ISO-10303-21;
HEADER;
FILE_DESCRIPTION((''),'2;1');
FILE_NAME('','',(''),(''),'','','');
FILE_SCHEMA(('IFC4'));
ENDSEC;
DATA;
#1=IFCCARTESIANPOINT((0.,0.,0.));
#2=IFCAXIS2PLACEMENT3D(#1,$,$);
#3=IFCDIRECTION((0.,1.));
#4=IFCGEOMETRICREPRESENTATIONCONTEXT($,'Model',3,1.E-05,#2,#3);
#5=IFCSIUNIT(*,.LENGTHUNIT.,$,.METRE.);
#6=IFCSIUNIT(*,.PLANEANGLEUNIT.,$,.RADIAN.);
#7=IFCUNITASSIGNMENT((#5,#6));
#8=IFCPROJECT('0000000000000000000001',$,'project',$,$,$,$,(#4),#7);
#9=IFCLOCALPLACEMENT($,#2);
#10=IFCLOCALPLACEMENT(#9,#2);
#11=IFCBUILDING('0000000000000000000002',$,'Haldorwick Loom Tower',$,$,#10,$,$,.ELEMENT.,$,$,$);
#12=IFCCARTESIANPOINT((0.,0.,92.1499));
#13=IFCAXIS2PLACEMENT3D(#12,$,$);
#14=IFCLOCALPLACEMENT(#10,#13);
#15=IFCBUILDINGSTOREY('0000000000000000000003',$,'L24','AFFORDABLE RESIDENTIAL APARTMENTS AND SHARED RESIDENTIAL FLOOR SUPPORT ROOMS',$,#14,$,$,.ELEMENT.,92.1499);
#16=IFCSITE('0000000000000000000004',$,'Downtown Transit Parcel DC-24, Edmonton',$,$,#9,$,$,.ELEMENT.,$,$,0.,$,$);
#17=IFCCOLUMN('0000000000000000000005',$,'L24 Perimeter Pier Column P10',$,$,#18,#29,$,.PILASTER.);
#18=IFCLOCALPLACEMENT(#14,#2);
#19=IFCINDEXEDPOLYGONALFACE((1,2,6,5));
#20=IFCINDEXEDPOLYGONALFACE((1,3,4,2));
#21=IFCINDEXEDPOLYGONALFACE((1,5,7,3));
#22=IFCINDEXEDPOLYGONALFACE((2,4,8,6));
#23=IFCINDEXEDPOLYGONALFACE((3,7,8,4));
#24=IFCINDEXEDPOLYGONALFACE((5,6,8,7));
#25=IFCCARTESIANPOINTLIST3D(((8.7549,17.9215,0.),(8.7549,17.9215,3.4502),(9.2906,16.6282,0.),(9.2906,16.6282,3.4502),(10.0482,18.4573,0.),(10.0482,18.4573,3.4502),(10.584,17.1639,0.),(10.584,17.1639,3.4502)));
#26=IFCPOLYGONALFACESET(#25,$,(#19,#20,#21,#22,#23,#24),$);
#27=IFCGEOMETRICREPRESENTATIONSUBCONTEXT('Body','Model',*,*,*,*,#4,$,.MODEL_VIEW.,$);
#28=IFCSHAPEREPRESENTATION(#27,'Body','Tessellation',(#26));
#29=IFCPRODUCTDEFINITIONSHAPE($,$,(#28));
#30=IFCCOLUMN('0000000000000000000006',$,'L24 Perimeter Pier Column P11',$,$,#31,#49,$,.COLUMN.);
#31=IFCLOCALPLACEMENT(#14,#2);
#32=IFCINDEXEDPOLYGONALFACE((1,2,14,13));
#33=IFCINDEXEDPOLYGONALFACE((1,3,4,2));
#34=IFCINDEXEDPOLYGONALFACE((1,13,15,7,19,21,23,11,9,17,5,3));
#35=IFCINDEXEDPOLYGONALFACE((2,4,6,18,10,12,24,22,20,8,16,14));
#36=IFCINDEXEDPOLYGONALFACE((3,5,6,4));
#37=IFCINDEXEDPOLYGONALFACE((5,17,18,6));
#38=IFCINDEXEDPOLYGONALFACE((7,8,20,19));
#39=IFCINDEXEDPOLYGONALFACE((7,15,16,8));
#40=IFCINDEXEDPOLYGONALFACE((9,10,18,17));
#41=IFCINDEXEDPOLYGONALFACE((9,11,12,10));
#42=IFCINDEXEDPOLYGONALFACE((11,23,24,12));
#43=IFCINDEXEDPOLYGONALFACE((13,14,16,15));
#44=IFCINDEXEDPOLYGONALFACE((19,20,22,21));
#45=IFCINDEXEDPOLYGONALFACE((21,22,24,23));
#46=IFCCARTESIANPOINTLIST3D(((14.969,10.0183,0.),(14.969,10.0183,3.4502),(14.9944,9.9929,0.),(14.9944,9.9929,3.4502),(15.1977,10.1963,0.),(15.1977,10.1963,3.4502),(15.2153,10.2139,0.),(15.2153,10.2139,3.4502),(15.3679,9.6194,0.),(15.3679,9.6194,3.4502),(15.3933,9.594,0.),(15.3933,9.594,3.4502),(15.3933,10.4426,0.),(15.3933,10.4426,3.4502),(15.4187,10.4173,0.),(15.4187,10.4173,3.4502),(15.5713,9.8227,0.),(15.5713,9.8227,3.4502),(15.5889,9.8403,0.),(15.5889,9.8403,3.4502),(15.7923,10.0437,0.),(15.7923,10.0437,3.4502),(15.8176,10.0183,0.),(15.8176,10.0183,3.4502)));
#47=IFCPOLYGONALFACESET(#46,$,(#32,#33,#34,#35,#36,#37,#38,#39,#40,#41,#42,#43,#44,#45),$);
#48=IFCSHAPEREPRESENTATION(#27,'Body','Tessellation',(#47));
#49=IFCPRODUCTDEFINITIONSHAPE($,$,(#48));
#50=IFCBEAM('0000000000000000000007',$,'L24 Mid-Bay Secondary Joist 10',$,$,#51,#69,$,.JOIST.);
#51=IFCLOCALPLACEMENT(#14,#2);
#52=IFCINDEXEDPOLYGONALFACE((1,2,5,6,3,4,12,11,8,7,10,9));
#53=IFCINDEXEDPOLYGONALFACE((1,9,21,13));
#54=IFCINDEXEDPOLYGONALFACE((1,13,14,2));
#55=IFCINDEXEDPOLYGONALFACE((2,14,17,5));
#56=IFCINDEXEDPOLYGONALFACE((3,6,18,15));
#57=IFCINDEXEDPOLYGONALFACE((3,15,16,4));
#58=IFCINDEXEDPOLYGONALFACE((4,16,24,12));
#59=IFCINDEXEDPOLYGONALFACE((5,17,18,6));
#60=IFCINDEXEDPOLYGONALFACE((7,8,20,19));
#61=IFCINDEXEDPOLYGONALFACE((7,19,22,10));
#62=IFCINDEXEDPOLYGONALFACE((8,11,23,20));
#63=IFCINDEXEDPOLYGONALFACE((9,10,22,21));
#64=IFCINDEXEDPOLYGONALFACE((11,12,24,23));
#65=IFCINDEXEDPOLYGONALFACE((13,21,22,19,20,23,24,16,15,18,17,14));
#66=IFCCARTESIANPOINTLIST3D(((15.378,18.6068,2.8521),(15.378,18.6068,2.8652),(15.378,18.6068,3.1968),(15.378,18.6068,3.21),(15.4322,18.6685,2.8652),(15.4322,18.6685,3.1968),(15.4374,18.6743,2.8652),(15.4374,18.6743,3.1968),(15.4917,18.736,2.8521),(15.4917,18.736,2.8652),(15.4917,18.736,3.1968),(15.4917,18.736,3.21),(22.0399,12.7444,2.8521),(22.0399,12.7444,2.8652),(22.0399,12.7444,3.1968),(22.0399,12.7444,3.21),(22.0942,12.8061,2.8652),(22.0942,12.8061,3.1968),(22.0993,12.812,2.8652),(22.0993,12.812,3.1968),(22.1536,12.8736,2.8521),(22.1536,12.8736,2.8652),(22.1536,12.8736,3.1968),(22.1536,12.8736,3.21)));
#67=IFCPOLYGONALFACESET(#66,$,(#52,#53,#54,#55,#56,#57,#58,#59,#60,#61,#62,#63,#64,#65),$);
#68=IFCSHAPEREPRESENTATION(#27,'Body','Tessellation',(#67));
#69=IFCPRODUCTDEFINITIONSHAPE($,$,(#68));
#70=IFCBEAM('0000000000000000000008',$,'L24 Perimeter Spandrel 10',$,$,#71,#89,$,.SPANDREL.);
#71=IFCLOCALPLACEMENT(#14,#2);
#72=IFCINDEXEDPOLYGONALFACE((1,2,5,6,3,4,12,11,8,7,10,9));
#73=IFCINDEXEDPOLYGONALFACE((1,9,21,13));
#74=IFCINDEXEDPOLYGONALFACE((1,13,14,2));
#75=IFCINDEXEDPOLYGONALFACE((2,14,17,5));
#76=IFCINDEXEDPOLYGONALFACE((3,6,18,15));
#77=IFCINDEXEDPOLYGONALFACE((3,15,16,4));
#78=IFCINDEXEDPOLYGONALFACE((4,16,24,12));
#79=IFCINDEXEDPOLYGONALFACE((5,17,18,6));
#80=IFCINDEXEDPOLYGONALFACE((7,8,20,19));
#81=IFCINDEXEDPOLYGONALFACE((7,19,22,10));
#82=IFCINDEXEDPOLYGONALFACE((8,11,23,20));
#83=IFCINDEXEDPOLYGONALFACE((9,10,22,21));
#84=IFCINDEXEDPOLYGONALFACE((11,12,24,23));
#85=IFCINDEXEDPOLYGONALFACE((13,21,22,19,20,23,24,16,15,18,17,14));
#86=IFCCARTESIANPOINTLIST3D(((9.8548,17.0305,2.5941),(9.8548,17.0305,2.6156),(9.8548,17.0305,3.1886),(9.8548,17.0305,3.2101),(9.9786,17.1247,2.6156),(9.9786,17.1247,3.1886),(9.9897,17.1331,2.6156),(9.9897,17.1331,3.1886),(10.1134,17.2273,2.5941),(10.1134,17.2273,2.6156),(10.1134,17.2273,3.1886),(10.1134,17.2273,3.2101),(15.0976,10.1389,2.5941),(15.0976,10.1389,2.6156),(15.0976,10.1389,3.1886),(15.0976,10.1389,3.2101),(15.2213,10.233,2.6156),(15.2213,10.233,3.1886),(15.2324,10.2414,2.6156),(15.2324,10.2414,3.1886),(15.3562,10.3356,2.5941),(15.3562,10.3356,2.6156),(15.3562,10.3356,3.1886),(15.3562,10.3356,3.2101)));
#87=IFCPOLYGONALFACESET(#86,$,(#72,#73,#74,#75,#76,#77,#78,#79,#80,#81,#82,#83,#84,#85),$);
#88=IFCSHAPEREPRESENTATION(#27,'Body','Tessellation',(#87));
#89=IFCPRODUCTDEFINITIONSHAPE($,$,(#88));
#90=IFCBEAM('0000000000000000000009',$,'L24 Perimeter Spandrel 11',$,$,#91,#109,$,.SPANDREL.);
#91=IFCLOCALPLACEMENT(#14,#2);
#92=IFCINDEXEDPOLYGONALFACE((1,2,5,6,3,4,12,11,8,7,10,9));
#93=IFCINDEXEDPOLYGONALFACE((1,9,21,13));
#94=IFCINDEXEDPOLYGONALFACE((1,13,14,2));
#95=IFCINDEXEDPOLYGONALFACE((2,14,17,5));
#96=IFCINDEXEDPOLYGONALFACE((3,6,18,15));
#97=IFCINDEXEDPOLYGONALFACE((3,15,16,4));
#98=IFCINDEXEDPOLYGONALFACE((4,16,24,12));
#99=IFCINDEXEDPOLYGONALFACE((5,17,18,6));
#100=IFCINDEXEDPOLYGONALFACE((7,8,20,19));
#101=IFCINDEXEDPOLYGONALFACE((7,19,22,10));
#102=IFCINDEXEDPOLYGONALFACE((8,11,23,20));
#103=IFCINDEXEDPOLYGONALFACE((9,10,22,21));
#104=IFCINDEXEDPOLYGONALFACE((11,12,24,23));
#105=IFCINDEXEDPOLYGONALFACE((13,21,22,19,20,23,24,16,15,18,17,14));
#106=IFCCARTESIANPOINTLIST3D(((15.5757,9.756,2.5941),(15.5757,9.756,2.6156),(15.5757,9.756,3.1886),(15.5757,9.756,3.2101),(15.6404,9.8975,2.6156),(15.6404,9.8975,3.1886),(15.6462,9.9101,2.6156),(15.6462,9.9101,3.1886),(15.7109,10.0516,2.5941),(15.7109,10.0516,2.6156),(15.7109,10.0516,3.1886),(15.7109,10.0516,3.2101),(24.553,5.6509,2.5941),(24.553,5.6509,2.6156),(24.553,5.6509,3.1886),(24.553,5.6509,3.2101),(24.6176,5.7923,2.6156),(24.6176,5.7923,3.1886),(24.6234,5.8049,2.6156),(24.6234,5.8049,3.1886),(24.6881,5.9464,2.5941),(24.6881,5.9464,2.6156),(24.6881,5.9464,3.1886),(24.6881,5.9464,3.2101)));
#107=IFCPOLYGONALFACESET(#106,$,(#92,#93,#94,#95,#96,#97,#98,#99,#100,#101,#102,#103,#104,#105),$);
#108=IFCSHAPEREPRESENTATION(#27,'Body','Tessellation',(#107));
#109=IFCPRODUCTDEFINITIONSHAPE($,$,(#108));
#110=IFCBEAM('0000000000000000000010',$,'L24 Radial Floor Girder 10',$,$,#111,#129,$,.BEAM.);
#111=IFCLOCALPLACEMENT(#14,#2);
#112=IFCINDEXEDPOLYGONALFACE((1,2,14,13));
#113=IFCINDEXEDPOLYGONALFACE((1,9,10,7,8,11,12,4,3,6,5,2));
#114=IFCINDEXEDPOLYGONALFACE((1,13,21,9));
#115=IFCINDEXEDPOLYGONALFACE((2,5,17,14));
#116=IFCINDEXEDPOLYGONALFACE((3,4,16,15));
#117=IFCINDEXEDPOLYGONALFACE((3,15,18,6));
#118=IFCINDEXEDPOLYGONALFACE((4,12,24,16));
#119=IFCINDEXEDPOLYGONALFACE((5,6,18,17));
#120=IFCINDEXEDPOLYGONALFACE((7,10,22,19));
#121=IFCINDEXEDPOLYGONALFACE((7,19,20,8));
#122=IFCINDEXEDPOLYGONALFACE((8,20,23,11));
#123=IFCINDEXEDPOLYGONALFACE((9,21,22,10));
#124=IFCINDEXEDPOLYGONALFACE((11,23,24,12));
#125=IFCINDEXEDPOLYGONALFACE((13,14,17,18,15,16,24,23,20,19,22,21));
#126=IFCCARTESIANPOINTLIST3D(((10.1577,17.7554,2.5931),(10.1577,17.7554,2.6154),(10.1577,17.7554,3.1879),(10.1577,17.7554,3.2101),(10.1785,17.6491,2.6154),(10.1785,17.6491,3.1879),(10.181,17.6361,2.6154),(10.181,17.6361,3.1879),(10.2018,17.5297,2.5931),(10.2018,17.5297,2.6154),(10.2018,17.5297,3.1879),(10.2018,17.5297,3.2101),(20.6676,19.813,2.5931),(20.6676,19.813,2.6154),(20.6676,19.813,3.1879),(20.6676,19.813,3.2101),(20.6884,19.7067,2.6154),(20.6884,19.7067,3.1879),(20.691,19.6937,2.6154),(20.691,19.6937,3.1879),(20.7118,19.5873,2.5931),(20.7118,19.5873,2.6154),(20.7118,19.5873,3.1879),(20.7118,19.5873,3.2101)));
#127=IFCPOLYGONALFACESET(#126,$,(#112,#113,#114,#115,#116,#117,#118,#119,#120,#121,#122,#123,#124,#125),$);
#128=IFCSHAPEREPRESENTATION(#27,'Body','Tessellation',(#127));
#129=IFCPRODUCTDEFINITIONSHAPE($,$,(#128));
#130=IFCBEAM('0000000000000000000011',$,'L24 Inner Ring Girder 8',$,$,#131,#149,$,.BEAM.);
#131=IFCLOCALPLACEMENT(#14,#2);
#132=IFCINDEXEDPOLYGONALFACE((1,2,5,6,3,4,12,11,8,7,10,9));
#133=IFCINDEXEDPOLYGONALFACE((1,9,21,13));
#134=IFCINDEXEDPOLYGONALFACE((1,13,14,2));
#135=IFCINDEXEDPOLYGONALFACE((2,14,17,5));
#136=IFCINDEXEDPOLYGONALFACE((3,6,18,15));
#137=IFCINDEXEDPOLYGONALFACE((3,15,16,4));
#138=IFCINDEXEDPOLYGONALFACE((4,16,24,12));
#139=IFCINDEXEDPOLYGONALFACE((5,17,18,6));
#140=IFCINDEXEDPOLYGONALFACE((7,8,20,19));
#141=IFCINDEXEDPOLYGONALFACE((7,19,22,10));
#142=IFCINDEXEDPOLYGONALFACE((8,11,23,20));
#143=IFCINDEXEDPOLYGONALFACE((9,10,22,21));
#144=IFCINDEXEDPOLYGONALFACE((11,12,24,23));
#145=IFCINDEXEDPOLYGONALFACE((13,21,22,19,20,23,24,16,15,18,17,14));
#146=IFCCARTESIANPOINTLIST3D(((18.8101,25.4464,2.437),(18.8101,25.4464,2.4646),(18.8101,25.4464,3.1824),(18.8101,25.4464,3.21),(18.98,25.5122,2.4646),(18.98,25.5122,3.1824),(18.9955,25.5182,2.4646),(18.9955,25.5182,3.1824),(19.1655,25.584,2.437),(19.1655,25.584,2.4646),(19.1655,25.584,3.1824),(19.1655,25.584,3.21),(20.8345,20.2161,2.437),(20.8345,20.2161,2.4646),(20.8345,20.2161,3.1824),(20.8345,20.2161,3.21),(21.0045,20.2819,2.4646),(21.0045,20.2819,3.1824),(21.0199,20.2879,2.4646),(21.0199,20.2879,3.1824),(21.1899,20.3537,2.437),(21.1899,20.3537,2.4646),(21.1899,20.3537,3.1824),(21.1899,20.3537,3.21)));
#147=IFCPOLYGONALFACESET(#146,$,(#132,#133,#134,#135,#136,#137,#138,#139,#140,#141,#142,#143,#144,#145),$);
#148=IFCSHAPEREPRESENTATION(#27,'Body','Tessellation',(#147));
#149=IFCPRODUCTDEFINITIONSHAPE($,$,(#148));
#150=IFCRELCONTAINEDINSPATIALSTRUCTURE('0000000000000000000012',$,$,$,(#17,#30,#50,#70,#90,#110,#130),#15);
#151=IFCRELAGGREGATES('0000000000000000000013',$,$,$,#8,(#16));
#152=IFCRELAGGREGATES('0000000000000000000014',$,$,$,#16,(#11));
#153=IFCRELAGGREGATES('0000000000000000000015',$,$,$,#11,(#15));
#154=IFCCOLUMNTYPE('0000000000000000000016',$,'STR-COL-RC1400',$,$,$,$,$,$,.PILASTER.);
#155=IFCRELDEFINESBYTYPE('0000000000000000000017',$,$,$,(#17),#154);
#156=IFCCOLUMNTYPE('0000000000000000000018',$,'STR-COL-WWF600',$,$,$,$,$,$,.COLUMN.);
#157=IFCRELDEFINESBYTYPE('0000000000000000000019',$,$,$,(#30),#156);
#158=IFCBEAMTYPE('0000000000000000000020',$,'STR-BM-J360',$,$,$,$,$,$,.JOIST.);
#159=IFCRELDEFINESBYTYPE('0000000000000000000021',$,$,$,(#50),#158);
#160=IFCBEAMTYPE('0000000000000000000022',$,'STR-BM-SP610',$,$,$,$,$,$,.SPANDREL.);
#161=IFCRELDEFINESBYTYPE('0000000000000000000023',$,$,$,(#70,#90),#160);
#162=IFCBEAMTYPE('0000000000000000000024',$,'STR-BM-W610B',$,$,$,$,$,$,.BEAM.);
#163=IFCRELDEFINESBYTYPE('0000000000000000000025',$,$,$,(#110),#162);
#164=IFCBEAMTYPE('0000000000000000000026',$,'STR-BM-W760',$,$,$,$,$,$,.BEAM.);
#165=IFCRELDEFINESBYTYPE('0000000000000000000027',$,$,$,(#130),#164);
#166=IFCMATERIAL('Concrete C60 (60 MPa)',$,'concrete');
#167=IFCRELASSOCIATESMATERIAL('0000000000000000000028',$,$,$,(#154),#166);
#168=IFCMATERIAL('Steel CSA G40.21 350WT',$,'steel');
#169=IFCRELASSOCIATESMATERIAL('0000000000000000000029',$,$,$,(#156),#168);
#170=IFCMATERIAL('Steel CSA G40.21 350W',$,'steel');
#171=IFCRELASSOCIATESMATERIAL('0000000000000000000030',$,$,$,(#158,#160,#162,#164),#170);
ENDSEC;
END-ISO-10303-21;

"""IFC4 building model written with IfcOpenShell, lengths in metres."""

from ifc_helpers import new_model, si_unit, direction, frame, origin, origin_2d, place, context, subcontext, project, spatial, rectangle, i_section, extrude, material, material_profile, profile_set, type_object, element, save


model = new_model("IFC4")

# Units and contexts
model_context = context("Model", 3, precision=1e-05, world=origin(), true_north=direction((0.0, 1.0)))
body_context = subcontext(model_context, "Body", "Model", "MODEL_VIEW")
ifc_project = project(units=[si_unit("LENGTHUNIT", "METRE"), si_unit("PLANEANGLEUNIT", "RADIAN")], contexts=[model_context])

# Site, building, storey
site_placement = place(None, origin())
site = spatial("IfcSite", under=ifc_project, at=site_placement, Name="Downtown Transit Parcel DC-24, Edmonton", CompositionType="ELEMENT", RefElevation=0.0)
building_placement = place(site_placement, origin())
building = spatial("IfcBuilding", under=site, at=building_placement, Name="Haldorwick Loom Tower", CompositionType="ELEMENT")
storey_placement = place(building_placement, frame((0.0, 0.0, 92.1499)))
storey = spatial("IfcBuildingStorey", under=building, at=storey_placement, Name="L24", Description="AFFORDABLE RESIDENTIAL APARTMENTS AND SHARED RESIDENTIAL FLOOR SUPPORT ROOMS", CompositionType="ELEMENT", Elevation=92.1499)

# Columns
ifc_material_1 = material(Name="Concrete C60 (60 MPa)", Category="concrete")
ifc_material_profile_1 = material_profile(ifc_material_1, rectangle(XDim=1.3999, YDim=1.3999, at=origin_2d()), Name="RC1400X1400", Category="concrete")
ifc_profile_set_1 = profile_set([ifc_material_profile_1], Name="Concrete C60 (60 MPa)")
column_type_1 = type_object("IfcColumnType", Name="STR-COL-RC1400", PredefinedType="PILASTER", material=ifc_profile_set_1)
column_1_placement = place(storey_placement, frame((9.6694, 17.5427, 0.0), z_axis=(0.0, 0.0, 1.0), x_axis=(-0.92388, -0.382683, 0.0)))
element("IfcColumn", 1, at=column_1_placement, inside=storey, type_object=column_type_1, Name="L24 Perimeter Pier Column P10", PredefinedType="PILASTER", context=body_context, shape_type="SweptSolid", body=[
    extrude(rectangle(XDim=1.3999, YDim=1.3999, at=origin_2d()), origin(), (0.0, 0.0, 1.0), 3.4502),
])
ifc_material_2 = material(Name="Steel CSA G40.21 350WT", Category="steel")
ifc_material_profile_2 = material_profile(ifc_material_2, i_section(OverallWidth=0.6001, OverallDepth=0.6001, WebThickness=0.0249, FlangeThickness=0.0359, at=origin_2d()), Name="WWF600X600", Category="steel")
ifc_profile_set_2 = profile_set([ifc_material_profile_2], Name="Steel CSA G40.21 350WT")
column_type_2 = type_object("IfcColumnType", Name="STR-COL-WWF600", PredefinedType="COLUMN", material=ifc_profile_set_2)
column_2_placement = place(storey_placement, frame((15.3933, 10.0183, 0.0), z_axis=(0.0, 0.0, 1.0), x_axis=(-0.707107, -0.707107, 0.0)))
element("IfcColumn", 2, at=column_2_placement, inside=storey, type_object=column_type_2, Name="L24 Perimeter Pier Column P11", PredefinedType="COLUMN", context=body_context, shape_type="SweptSolid", body=[
    extrude(i_section(OverallWidth=0.6001, OverallDepth=0.6001, WebThickness=0.0249, FlangeThickness=0.0359, at=origin_2d()), origin(), (0.0, 0.0, 1.0), 3.4502),
])

# Beams
ifc_material_3 = material(Name="Steel CSA G40.21 350W", Category="steel")
ifc_material_profile_3 = material_profile(ifc_material_3, i_section(OverallWidth=0.1721, OverallDepth=0.3579, WebThickness=0.0078, FlangeThickness=0.0132, at=origin_2d()), Name="W360X57", Category="steel")
ifc_profile_set_3 = profile_set([ifc_material_profile_3], Name="Steel CSA G40.21 350W")
beam_type_1 = type_object("IfcBeamType", Name="STR-BM-J360", PredefinedType="JOIST", material=ifc_profile_set_3)
beam_1_placement = place(storey_placement, frame((15.4348, 18.6714, 3.031), z_axis=(0.750721, -0.660619, 0.0), x_axis=(0.660619, 0.750721, 0.0)))
element("IfcBeam", 3, at=beam_1_placement, inside=storey, type_object=beam_type_1, Name="L24 Mid-Bay Secondary Joist 10", PredefinedType="JOIST", context=body_context, shape_type="SweptSolid", body=[
    extrude(i_section(OverallWidth=0.1721, OverallDepth=0.3579, WebThickness=0.0078, FlangeThickness=0.0132, at=origin_2d()), origin(), (0.0, 0.0, 1.0), 8.874),
])
ifc_material_profile_4 = material_profile(ifc_material_3, i_section(OverallWidth=0.325, OverallDepth=0.616, WebThickness=0.0139, FlangeThickness=0.0215, at=origin_2d()), Name="W610X174", Category="steel")
ifc_profile_set_4 = profile_set([ifc_material_profile_4], Name="Steel CSA G40.21 350W")
beam_type_2 = type_object("IfcBeamType", Name="STR-BM-SP610", PredefinedType="SPANDREL", material=ifc_profile_set_4)
beam_2_placement = place(storey_placement, frame((9.9841, 17.1289, 2.9021), z_axis=(0.605454, -0.795881, 0.0), x_axis=(0.795881, 0.605454, 0.0)))
element("IfcBeam", 4, at=beam_2_placement, inside=storey, type_object=beam_type_2, Name="L24 Perimeter Spandrel 10", PredefinedType="SPANDREL", context=body_context, shape_type="SweptSolid", body=[
    extrude(i_section(OverallWidth=0.325, OverallDepth=0.616, WebThickness=0.0139, FlangeThickness=0.0215, at=origin_2d()), origin(), (0.0, 0.0, 1.0), 8.6592),
])
beam_3_placement = place(storey_placement, frame((15.6433, 9.9038, 2.9021), z_axis=(0.909424, -0.41587, 0.0), x_axis=(0.41587, 0.909424, 0.0)))
element("IfcBeam", 5, at=beam_3_placement, inside=storey, type_object=beam_type_2, Name="L24 Perimeter Spandrel 11", PredefinedType="SPANDREL", context=body_context, shape_type="SweptSolid", body=[
    extrude(i_section(OverallWidth=0.325, OverallDepth=0.616, WebThickness=0.0139, FlangeThickness=0.0215, at=origin_2d()), origin(), (0.0, 0.0, 1.0), 9.8713),
])
ifc_material_profile_5 = material_profile(ifc_material_3, i_section(OverallWidth=0.23, OverallDepth=0.6169, WebThickness=0.0132, FlangeThickness=0.0222, at=origin_2d()), Name="W610X140", Category="steel")
ifc_profile_set_5 = profile_set([ifc_material_profile_5], Name="Steel CSA G40.21 350W")
beam_type_3 = type_object("IfcBeamType", Name="STR-BM-W610B", PredefinedType="BEAM", material=ifc_profile_set_5)
beam_4_placement = place(storey_placement, frame((20.6897, 19.7002, 2.9016), z_axis=(-0.98137, -0.192129, 0.0), x_axis=(0.192129, -0.98137, 0.0)))
element("IfcBeam", 6, at=beam_4_placement, inside=storey, type_object=beam_type_3, Name="L24 Radial Floor Girder 10", PredefinedType="BEAM", context=body_context, shape_type="SweptSolid", body=[
    extrude(i_section(OverallWidth=0.23, OverallDepth=0.6169, WebThickness=0.0132, FlangeThickness=0.0222, at=origin_2d()), origin(), (0.0, 0.0, 1.0), 10.7095),
])
ifc_material_profile_6 = material_profile(ifc_material_3, i_section(OverallWidth=0.3811, OverallDepth=0.7729, WebThickness=0.0166, FlangeThickness=0.0276, at=origin_2d()), Name="W760X257", Category="steel")
ifc_profile_set_6 = profile_set([ifc_material_profile_6], Name="Steel CSA G40.21 350W")
beam_type_4 = type_object("IfcBeamType", Name="STR-BM-W760", PredefinedType="BEAM", material=ifc_profile_set_6)
beam_5_placement = place(storey_placement, frame((21.0122, 20.2849, 2.8235), z_axis=(-0.360965, 0.932579, 0.0), x_axis=(-0.932579, -0.360965, 0.0)))
element("IfcBeam", 7, at=beam_5_placement, inside=storey, type_object=beam_type_4, Name="L24 Inner Ring Girder 8", PredefinedType="BEAM", context=body_context, shape_type="SweptSolid", body=[
    extrude(i_section(OverallWidth=0.3811, OverallDepth=0.7729, WebThickness=0.0166, FlangeThickness=0.0276, at=origin_2d()), origin(), (0.0, 0.0, 1.0), 5.6084),
])

save(model, "model.ifc")
